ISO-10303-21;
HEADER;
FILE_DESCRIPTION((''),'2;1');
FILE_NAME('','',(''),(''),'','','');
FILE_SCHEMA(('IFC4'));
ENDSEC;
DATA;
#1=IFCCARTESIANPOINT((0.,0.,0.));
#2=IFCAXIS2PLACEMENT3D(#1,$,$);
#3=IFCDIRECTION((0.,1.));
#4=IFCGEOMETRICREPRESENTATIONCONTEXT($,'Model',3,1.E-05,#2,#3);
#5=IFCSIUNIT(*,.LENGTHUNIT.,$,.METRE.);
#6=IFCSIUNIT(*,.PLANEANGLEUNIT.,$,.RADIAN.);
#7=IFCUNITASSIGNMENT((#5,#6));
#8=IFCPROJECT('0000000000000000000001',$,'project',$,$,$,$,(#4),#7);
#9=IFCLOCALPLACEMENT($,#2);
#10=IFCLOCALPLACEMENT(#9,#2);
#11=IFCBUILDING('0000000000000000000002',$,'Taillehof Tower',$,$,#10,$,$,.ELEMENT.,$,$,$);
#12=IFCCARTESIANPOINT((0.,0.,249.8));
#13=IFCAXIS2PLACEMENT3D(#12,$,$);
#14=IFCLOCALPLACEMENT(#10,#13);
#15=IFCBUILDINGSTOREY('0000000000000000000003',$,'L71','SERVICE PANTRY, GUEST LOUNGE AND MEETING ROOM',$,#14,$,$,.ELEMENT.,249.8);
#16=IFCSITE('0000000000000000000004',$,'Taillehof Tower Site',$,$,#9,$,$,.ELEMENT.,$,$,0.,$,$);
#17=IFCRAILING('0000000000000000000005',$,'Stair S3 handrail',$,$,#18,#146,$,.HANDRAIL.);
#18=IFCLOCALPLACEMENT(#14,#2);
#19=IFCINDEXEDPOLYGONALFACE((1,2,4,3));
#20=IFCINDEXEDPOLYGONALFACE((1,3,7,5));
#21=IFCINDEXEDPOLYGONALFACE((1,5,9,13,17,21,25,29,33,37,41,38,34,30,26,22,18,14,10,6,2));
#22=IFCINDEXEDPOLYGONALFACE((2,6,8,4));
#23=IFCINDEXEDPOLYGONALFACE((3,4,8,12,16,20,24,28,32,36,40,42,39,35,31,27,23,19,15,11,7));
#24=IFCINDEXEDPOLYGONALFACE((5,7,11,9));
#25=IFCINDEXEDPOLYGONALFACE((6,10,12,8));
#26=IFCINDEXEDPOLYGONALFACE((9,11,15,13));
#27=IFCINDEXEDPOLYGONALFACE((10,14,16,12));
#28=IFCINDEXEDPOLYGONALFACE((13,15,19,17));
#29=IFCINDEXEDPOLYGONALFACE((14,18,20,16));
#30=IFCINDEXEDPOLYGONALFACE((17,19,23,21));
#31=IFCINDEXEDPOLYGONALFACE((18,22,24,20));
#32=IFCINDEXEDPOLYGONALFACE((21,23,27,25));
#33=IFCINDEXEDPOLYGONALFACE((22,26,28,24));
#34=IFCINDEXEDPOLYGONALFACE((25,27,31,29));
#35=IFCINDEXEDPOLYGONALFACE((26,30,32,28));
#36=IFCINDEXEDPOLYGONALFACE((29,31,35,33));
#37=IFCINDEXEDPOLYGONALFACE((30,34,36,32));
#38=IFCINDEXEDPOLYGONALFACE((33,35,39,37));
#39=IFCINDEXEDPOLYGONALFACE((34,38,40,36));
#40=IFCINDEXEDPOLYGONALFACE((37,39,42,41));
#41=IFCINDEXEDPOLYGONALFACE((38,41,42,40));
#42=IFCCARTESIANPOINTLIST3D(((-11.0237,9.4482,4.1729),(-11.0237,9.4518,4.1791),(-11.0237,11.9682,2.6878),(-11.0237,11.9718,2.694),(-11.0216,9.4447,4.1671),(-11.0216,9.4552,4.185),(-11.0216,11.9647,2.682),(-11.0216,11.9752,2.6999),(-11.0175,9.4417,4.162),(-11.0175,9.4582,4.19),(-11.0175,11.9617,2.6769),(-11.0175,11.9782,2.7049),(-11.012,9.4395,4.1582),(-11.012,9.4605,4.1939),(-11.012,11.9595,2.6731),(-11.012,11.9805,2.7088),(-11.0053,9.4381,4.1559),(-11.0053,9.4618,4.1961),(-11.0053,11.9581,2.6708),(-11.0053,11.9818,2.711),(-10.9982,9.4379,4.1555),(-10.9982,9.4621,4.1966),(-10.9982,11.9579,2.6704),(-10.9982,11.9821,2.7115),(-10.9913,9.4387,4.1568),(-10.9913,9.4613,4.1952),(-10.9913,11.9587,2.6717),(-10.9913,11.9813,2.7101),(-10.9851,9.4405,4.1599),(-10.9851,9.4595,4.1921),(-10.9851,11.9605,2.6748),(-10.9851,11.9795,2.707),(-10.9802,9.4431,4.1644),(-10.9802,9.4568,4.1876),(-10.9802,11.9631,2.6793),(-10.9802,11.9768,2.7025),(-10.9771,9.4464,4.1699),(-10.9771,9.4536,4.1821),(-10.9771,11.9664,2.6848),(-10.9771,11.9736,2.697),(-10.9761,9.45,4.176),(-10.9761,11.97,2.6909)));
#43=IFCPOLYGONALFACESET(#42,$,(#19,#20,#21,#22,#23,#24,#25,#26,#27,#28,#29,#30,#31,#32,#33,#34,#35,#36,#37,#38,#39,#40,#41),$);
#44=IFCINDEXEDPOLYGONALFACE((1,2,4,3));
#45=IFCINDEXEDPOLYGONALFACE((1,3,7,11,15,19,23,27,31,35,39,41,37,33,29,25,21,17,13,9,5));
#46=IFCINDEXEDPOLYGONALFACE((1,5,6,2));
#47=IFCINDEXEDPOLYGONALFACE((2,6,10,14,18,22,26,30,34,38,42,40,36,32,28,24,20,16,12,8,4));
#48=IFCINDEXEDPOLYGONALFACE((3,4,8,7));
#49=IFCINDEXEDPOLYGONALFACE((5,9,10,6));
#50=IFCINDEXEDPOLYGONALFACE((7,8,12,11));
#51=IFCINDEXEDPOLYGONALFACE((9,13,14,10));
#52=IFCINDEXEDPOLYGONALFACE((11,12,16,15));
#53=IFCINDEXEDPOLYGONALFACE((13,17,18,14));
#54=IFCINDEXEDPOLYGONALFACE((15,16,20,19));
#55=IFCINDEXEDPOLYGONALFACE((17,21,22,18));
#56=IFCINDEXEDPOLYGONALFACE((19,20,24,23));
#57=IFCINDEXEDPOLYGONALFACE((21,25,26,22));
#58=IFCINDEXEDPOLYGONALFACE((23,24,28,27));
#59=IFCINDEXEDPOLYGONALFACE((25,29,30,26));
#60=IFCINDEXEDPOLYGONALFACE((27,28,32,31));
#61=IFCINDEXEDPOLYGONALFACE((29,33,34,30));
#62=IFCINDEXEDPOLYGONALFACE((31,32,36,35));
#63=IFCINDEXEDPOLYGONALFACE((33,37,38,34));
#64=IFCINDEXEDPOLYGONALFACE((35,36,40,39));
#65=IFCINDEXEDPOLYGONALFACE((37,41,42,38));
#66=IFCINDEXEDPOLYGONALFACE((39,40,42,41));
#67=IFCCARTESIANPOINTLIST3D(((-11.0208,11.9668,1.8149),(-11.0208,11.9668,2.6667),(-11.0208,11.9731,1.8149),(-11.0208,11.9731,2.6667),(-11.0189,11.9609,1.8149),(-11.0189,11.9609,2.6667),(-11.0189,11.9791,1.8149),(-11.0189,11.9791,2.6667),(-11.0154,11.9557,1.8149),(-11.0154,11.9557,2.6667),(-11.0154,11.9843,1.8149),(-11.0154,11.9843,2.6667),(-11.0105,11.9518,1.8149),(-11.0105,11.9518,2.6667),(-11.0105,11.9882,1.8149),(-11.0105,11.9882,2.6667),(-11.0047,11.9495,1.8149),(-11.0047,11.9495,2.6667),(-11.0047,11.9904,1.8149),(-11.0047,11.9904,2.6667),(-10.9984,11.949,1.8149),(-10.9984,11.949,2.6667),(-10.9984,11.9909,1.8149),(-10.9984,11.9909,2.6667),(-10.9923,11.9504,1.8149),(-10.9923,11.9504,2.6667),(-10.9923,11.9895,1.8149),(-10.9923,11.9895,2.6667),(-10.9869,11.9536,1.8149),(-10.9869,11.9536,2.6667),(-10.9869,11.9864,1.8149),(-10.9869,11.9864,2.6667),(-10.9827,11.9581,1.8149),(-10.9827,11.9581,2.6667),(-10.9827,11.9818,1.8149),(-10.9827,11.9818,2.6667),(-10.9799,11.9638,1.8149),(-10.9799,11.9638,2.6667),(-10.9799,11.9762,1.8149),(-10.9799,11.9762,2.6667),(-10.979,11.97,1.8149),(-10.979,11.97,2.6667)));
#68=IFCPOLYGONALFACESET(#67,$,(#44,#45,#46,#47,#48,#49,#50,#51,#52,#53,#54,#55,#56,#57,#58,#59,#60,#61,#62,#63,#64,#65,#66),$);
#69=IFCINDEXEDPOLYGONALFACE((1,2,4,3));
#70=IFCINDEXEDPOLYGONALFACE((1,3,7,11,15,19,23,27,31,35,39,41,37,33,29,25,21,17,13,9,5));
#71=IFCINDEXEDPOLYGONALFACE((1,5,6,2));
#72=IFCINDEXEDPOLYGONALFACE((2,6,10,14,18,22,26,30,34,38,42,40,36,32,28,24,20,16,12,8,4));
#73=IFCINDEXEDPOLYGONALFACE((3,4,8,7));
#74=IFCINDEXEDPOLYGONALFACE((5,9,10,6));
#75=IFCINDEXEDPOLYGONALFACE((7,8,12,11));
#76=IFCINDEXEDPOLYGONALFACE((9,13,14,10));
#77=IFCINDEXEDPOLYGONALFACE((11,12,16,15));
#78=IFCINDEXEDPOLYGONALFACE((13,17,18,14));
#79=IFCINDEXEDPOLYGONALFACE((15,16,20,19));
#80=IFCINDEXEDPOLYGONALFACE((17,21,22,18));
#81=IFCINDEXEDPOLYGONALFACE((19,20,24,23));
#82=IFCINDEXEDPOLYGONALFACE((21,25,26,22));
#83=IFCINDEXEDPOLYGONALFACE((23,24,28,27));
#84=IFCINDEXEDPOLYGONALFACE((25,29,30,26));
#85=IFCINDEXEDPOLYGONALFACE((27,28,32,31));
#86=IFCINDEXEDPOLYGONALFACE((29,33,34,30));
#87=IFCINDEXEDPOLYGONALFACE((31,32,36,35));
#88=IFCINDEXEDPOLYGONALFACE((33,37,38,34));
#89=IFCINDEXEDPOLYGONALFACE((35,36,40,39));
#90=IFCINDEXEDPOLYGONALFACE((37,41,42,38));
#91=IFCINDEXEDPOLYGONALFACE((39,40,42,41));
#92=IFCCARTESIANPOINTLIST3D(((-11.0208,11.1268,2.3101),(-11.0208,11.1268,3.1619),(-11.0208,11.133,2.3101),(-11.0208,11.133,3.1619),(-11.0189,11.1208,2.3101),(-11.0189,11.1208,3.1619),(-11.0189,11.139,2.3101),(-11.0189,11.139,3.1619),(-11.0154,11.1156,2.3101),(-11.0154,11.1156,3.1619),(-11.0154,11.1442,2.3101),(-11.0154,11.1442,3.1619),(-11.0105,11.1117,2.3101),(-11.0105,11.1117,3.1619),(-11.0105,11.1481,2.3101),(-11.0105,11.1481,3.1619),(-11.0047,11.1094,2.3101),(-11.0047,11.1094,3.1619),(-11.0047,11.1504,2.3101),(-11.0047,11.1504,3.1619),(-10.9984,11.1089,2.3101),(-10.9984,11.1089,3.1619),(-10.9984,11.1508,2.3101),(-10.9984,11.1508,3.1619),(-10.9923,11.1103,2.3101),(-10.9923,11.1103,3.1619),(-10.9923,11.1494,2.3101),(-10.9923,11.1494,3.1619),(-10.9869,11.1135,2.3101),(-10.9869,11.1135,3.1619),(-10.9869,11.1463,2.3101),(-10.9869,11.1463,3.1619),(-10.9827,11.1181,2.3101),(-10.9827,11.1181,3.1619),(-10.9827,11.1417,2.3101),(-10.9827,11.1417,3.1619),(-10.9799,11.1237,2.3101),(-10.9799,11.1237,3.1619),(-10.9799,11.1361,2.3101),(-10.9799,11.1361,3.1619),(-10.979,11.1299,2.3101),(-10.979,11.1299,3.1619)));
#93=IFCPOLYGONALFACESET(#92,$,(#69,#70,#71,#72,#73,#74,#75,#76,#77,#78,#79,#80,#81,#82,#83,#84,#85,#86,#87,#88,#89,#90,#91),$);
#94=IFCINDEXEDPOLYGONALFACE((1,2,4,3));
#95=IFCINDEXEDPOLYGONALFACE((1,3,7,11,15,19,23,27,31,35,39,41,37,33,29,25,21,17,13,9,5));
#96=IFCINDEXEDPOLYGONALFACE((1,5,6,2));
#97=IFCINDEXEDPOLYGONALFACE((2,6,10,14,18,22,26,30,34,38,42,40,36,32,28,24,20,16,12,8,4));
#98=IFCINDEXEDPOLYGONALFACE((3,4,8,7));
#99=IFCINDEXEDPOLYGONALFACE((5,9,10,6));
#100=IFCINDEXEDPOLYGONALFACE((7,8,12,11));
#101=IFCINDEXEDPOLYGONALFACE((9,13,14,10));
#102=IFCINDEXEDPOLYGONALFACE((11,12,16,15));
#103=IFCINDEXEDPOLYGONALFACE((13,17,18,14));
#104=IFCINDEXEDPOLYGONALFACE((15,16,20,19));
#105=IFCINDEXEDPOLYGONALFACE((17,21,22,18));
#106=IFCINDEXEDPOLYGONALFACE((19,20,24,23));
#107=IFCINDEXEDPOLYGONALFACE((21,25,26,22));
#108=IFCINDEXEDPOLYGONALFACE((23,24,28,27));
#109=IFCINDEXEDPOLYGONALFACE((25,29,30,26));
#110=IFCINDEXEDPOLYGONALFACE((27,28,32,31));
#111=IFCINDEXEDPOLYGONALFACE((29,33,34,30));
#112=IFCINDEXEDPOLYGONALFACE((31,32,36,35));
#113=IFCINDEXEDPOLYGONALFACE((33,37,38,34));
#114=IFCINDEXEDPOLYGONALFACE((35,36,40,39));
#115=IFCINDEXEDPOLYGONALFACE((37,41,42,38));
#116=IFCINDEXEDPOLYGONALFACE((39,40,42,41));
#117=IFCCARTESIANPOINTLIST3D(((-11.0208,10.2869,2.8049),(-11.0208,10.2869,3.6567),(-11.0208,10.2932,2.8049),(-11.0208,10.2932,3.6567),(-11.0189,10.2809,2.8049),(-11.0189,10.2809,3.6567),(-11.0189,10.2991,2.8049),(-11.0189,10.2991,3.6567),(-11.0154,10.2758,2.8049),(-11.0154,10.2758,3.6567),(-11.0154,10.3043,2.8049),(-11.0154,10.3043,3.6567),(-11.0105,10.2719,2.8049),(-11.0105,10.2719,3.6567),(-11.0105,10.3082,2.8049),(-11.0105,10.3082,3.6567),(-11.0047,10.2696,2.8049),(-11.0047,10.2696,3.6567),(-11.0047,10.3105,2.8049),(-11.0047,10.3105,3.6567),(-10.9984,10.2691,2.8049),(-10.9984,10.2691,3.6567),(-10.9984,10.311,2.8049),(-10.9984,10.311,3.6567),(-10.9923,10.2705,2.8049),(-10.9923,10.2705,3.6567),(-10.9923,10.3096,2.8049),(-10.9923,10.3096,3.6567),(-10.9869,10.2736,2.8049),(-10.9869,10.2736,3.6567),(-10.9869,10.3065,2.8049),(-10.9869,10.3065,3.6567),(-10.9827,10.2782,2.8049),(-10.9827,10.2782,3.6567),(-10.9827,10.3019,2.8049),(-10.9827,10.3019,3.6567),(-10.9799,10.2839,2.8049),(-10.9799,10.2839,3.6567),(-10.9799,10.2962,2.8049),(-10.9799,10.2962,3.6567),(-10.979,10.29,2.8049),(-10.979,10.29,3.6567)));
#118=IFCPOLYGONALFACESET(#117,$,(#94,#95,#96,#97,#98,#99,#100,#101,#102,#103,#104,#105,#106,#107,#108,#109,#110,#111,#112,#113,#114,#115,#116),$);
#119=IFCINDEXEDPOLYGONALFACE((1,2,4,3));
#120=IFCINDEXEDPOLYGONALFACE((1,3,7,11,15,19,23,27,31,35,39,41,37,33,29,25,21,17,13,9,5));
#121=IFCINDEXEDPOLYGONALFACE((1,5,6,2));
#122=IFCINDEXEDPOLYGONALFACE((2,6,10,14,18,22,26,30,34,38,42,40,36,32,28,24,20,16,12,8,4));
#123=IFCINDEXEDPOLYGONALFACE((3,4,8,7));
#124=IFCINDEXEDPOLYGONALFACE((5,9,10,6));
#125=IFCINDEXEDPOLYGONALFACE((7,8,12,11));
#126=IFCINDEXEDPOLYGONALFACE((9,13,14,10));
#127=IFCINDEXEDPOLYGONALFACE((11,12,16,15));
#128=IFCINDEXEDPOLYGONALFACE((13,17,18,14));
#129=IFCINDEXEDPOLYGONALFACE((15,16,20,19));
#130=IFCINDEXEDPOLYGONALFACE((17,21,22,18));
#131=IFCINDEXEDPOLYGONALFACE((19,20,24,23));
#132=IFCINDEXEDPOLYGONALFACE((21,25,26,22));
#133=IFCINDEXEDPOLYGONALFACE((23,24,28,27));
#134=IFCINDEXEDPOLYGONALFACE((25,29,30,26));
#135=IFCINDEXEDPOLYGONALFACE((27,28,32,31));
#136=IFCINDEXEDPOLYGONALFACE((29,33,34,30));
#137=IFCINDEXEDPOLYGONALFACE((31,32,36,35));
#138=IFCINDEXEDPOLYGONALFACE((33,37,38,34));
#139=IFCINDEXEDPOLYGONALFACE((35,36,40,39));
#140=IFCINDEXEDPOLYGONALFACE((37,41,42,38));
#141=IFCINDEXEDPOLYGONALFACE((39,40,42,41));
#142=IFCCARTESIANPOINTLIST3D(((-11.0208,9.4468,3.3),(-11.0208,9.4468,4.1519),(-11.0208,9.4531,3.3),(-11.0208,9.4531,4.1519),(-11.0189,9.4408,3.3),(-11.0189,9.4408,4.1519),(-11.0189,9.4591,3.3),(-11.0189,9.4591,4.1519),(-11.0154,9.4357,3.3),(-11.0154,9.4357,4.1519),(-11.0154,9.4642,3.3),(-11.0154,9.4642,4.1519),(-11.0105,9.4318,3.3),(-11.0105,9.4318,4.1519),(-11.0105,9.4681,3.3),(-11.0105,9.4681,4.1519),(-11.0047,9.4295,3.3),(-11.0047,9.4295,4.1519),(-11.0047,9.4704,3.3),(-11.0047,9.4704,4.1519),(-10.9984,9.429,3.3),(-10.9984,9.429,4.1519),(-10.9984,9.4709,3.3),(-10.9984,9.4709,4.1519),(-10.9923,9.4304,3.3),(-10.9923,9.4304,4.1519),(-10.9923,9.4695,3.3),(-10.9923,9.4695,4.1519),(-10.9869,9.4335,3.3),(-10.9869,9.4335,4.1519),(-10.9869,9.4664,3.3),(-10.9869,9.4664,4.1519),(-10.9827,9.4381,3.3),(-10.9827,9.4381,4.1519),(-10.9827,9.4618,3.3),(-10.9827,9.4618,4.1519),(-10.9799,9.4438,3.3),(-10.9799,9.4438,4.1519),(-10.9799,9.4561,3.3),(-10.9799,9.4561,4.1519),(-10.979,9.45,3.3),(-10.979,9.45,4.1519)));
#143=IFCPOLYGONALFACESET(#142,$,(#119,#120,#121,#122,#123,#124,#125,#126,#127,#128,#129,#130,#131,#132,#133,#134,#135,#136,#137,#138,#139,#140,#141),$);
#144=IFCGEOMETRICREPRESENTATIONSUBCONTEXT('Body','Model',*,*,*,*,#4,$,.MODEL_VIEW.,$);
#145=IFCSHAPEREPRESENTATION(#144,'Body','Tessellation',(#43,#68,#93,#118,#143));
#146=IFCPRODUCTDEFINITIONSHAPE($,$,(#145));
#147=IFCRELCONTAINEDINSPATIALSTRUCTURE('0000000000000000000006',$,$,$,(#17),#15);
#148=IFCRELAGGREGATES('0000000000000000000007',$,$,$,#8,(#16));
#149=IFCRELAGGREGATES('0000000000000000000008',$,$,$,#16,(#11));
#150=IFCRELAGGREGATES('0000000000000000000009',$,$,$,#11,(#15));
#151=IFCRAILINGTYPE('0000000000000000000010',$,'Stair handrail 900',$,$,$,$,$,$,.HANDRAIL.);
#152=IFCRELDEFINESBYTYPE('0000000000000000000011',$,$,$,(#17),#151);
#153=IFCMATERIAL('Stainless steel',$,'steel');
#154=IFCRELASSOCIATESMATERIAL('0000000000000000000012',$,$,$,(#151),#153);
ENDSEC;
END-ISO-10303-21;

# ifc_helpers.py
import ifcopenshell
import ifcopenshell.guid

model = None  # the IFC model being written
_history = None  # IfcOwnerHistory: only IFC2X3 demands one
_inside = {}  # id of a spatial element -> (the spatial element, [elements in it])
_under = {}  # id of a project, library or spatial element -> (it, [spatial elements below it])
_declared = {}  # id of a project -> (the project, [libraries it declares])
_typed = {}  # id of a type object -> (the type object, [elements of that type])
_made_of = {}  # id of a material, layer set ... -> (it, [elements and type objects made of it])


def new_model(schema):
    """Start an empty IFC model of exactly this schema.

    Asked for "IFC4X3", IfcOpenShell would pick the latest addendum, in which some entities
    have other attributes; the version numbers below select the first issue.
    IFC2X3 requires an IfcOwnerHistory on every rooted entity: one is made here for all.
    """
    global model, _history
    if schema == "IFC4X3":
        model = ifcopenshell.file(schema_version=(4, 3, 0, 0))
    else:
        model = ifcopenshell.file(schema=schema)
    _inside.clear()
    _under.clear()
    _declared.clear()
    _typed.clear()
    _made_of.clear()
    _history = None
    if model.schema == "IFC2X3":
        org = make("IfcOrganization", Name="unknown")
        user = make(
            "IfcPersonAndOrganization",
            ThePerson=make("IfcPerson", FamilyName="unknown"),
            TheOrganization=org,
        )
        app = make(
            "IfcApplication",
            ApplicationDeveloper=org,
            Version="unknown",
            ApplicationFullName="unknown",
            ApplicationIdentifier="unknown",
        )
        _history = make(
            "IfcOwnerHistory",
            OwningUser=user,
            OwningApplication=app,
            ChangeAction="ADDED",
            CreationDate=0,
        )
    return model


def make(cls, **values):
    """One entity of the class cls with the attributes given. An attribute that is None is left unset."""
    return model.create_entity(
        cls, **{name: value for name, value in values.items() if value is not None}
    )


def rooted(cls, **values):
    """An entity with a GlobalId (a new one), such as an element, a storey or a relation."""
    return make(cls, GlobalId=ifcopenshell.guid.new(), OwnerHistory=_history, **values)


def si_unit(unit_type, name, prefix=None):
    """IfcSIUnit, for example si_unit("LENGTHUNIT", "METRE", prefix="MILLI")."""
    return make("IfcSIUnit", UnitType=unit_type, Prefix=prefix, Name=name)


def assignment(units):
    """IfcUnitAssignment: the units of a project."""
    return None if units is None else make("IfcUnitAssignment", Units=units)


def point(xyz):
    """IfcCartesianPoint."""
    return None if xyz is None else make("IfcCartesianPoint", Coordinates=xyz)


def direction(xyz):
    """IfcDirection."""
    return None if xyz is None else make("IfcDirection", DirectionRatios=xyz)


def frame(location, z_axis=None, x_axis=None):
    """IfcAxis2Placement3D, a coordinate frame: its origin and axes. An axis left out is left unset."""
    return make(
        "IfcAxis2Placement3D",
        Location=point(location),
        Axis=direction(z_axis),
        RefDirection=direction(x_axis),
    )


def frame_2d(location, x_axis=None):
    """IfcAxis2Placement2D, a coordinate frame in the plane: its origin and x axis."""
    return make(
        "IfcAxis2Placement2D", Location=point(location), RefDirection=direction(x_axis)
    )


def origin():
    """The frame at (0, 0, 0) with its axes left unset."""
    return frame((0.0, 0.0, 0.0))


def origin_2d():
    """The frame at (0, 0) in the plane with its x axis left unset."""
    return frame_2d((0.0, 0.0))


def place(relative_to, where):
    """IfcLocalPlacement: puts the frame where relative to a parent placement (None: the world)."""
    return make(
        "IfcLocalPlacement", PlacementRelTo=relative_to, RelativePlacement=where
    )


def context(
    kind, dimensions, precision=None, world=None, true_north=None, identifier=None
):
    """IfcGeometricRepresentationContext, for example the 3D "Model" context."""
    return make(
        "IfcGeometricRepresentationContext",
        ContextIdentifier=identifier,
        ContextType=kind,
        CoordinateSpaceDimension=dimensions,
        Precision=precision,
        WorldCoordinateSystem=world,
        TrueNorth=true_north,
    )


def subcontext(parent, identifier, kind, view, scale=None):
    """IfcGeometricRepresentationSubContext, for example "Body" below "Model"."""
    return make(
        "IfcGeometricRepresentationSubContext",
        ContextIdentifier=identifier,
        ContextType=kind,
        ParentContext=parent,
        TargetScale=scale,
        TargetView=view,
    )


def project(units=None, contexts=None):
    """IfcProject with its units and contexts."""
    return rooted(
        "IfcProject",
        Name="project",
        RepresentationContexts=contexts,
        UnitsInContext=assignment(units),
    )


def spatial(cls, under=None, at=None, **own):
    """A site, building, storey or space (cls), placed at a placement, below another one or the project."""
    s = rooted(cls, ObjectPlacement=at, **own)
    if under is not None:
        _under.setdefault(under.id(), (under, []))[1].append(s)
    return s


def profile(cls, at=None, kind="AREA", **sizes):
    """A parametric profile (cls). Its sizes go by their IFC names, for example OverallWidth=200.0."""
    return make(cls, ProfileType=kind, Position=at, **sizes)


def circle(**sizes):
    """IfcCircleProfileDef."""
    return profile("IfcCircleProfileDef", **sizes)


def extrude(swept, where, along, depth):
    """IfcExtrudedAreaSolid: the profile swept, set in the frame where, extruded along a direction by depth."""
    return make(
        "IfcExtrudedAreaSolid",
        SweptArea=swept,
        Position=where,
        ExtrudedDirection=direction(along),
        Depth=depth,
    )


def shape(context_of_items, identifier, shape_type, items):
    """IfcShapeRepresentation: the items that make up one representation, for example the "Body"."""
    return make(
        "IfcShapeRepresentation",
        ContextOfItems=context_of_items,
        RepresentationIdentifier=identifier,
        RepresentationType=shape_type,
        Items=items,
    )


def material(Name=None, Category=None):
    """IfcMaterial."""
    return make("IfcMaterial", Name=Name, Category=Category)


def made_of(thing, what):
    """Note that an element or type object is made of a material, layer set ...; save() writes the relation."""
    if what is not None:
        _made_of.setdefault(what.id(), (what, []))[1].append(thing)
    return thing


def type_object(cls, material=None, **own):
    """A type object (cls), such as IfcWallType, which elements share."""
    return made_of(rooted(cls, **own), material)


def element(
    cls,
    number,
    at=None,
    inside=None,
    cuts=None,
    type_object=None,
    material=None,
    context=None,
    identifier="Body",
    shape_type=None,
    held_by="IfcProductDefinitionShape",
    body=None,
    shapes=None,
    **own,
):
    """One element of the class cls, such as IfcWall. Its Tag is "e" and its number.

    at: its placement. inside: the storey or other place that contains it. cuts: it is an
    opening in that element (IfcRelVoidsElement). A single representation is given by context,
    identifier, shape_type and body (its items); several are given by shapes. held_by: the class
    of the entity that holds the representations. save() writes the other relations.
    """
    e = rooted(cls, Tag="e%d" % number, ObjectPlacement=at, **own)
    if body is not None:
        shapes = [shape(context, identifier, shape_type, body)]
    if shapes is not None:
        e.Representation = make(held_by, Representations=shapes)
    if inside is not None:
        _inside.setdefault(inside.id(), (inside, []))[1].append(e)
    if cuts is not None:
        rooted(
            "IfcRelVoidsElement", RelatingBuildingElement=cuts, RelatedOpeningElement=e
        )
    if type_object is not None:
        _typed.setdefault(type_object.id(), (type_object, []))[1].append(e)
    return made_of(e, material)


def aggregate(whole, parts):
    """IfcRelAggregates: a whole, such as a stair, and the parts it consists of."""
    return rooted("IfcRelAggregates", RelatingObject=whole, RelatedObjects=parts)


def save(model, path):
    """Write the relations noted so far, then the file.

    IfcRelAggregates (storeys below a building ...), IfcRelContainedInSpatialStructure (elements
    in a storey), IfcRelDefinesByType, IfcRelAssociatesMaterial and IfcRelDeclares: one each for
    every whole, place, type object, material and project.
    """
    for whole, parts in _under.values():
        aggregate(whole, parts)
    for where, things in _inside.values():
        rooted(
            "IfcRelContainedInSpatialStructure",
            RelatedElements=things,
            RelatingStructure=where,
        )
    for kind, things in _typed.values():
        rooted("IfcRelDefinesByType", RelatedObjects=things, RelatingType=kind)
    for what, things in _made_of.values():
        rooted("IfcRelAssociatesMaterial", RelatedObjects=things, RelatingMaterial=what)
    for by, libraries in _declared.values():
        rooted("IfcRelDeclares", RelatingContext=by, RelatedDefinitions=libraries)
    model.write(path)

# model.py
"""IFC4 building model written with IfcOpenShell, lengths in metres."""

from ifc_helpers import new_model, si_unit, direction, frame, origin, origin_2d, place, context, subcontext, project, spatial, circle, extrude, material, type_object, element, save


model = new_model("IFC4")

# Units and contexts
model_context = context("Model", 3, precision=1e-05, world=origin(), true_north=direction((0.0, 1.0)))
body_context = subcontext(model_context, "Body", "Model", "MODEL_VIEW")
ifc_project = project(units=[si_unit("LENGTHUNIT", "METRE"), si_unit("PLANEANGLEUNIT", "RADIAN")], contexts=[model_context])

# Site, building, storey
site_placement = place(None, origin())
site = spatial("IfcSite", under=ifc_project, at=site_placement, Name="Taillehof Tower Site", CompositionType="ELEMENT", RefElevation=0.0)
building_placement = place(site_placement, origin())
building = spatial("IfcBuilding", under=site, at=building_placement, Name="Taillehof Tower", CompositionType="ELEMENT")
storey_placement = place(building_placement, frame((0.0, 0.0, 249.8)))
storey = spatial("IfcBuildingStorey", under=building, at=storey_placement, Name="L71", Description="SERVICE PANTRY, GUEST LOUNGE AND MEETING ROOM", CompositionType="ELEMENT", Elevation=249.8)

# Railing
ifc_material_1 = material(Name="Stainless steel", Category="steel")
railing_type = type_object("IfcRailingType", Name="Stair handrail 900", PredefinedType="HANDRAIL", material=ifc_material_1)
railing_placement = place(storey_placement, frame((-11.0, 11.97, 1.8149)))
element("IfcRailing", 1, at=railing_placement, inside=storey, type_object=railing_type, Name="Stair S3 handrail", PredefinedType="HANDRAIL", context=body_context, shape_type="SweptSolid", body=[
    extrude(circle(Radius=0.0239, at=origin_2d()), frame((0.0, 0.0, 0.876), z_axis=(0.0, -0.861524, 0.507717), x_axis=(1.0, 0.0, 0.0)), (0.0, 0.0, 1.0), 2.925),
    extrude(circle(Radius=0.021, at=origin_2d()), origin(), (0.0, 0.0, 1.0), 0.8518),
    extrude(circle(Radius=0.021, at=origin_2d()), frame((0.0, -0.8401, 0.4951)), (0.0, 0.0, 1.0), 0.8518),
    extrude(circle(Radius=0.021, at=origin_2d()), frame((0.0, -1.6799, 0.99)), (0.0, 0.0, 1.0), 0.8518),
    extrude(circle(Radius=0.021, at=origin_2d()), frame((0.0, -2.52, 1.4851)), (0.0, 0.0, 1.0), 0.8518),
])

save(model, "model.ifc")
